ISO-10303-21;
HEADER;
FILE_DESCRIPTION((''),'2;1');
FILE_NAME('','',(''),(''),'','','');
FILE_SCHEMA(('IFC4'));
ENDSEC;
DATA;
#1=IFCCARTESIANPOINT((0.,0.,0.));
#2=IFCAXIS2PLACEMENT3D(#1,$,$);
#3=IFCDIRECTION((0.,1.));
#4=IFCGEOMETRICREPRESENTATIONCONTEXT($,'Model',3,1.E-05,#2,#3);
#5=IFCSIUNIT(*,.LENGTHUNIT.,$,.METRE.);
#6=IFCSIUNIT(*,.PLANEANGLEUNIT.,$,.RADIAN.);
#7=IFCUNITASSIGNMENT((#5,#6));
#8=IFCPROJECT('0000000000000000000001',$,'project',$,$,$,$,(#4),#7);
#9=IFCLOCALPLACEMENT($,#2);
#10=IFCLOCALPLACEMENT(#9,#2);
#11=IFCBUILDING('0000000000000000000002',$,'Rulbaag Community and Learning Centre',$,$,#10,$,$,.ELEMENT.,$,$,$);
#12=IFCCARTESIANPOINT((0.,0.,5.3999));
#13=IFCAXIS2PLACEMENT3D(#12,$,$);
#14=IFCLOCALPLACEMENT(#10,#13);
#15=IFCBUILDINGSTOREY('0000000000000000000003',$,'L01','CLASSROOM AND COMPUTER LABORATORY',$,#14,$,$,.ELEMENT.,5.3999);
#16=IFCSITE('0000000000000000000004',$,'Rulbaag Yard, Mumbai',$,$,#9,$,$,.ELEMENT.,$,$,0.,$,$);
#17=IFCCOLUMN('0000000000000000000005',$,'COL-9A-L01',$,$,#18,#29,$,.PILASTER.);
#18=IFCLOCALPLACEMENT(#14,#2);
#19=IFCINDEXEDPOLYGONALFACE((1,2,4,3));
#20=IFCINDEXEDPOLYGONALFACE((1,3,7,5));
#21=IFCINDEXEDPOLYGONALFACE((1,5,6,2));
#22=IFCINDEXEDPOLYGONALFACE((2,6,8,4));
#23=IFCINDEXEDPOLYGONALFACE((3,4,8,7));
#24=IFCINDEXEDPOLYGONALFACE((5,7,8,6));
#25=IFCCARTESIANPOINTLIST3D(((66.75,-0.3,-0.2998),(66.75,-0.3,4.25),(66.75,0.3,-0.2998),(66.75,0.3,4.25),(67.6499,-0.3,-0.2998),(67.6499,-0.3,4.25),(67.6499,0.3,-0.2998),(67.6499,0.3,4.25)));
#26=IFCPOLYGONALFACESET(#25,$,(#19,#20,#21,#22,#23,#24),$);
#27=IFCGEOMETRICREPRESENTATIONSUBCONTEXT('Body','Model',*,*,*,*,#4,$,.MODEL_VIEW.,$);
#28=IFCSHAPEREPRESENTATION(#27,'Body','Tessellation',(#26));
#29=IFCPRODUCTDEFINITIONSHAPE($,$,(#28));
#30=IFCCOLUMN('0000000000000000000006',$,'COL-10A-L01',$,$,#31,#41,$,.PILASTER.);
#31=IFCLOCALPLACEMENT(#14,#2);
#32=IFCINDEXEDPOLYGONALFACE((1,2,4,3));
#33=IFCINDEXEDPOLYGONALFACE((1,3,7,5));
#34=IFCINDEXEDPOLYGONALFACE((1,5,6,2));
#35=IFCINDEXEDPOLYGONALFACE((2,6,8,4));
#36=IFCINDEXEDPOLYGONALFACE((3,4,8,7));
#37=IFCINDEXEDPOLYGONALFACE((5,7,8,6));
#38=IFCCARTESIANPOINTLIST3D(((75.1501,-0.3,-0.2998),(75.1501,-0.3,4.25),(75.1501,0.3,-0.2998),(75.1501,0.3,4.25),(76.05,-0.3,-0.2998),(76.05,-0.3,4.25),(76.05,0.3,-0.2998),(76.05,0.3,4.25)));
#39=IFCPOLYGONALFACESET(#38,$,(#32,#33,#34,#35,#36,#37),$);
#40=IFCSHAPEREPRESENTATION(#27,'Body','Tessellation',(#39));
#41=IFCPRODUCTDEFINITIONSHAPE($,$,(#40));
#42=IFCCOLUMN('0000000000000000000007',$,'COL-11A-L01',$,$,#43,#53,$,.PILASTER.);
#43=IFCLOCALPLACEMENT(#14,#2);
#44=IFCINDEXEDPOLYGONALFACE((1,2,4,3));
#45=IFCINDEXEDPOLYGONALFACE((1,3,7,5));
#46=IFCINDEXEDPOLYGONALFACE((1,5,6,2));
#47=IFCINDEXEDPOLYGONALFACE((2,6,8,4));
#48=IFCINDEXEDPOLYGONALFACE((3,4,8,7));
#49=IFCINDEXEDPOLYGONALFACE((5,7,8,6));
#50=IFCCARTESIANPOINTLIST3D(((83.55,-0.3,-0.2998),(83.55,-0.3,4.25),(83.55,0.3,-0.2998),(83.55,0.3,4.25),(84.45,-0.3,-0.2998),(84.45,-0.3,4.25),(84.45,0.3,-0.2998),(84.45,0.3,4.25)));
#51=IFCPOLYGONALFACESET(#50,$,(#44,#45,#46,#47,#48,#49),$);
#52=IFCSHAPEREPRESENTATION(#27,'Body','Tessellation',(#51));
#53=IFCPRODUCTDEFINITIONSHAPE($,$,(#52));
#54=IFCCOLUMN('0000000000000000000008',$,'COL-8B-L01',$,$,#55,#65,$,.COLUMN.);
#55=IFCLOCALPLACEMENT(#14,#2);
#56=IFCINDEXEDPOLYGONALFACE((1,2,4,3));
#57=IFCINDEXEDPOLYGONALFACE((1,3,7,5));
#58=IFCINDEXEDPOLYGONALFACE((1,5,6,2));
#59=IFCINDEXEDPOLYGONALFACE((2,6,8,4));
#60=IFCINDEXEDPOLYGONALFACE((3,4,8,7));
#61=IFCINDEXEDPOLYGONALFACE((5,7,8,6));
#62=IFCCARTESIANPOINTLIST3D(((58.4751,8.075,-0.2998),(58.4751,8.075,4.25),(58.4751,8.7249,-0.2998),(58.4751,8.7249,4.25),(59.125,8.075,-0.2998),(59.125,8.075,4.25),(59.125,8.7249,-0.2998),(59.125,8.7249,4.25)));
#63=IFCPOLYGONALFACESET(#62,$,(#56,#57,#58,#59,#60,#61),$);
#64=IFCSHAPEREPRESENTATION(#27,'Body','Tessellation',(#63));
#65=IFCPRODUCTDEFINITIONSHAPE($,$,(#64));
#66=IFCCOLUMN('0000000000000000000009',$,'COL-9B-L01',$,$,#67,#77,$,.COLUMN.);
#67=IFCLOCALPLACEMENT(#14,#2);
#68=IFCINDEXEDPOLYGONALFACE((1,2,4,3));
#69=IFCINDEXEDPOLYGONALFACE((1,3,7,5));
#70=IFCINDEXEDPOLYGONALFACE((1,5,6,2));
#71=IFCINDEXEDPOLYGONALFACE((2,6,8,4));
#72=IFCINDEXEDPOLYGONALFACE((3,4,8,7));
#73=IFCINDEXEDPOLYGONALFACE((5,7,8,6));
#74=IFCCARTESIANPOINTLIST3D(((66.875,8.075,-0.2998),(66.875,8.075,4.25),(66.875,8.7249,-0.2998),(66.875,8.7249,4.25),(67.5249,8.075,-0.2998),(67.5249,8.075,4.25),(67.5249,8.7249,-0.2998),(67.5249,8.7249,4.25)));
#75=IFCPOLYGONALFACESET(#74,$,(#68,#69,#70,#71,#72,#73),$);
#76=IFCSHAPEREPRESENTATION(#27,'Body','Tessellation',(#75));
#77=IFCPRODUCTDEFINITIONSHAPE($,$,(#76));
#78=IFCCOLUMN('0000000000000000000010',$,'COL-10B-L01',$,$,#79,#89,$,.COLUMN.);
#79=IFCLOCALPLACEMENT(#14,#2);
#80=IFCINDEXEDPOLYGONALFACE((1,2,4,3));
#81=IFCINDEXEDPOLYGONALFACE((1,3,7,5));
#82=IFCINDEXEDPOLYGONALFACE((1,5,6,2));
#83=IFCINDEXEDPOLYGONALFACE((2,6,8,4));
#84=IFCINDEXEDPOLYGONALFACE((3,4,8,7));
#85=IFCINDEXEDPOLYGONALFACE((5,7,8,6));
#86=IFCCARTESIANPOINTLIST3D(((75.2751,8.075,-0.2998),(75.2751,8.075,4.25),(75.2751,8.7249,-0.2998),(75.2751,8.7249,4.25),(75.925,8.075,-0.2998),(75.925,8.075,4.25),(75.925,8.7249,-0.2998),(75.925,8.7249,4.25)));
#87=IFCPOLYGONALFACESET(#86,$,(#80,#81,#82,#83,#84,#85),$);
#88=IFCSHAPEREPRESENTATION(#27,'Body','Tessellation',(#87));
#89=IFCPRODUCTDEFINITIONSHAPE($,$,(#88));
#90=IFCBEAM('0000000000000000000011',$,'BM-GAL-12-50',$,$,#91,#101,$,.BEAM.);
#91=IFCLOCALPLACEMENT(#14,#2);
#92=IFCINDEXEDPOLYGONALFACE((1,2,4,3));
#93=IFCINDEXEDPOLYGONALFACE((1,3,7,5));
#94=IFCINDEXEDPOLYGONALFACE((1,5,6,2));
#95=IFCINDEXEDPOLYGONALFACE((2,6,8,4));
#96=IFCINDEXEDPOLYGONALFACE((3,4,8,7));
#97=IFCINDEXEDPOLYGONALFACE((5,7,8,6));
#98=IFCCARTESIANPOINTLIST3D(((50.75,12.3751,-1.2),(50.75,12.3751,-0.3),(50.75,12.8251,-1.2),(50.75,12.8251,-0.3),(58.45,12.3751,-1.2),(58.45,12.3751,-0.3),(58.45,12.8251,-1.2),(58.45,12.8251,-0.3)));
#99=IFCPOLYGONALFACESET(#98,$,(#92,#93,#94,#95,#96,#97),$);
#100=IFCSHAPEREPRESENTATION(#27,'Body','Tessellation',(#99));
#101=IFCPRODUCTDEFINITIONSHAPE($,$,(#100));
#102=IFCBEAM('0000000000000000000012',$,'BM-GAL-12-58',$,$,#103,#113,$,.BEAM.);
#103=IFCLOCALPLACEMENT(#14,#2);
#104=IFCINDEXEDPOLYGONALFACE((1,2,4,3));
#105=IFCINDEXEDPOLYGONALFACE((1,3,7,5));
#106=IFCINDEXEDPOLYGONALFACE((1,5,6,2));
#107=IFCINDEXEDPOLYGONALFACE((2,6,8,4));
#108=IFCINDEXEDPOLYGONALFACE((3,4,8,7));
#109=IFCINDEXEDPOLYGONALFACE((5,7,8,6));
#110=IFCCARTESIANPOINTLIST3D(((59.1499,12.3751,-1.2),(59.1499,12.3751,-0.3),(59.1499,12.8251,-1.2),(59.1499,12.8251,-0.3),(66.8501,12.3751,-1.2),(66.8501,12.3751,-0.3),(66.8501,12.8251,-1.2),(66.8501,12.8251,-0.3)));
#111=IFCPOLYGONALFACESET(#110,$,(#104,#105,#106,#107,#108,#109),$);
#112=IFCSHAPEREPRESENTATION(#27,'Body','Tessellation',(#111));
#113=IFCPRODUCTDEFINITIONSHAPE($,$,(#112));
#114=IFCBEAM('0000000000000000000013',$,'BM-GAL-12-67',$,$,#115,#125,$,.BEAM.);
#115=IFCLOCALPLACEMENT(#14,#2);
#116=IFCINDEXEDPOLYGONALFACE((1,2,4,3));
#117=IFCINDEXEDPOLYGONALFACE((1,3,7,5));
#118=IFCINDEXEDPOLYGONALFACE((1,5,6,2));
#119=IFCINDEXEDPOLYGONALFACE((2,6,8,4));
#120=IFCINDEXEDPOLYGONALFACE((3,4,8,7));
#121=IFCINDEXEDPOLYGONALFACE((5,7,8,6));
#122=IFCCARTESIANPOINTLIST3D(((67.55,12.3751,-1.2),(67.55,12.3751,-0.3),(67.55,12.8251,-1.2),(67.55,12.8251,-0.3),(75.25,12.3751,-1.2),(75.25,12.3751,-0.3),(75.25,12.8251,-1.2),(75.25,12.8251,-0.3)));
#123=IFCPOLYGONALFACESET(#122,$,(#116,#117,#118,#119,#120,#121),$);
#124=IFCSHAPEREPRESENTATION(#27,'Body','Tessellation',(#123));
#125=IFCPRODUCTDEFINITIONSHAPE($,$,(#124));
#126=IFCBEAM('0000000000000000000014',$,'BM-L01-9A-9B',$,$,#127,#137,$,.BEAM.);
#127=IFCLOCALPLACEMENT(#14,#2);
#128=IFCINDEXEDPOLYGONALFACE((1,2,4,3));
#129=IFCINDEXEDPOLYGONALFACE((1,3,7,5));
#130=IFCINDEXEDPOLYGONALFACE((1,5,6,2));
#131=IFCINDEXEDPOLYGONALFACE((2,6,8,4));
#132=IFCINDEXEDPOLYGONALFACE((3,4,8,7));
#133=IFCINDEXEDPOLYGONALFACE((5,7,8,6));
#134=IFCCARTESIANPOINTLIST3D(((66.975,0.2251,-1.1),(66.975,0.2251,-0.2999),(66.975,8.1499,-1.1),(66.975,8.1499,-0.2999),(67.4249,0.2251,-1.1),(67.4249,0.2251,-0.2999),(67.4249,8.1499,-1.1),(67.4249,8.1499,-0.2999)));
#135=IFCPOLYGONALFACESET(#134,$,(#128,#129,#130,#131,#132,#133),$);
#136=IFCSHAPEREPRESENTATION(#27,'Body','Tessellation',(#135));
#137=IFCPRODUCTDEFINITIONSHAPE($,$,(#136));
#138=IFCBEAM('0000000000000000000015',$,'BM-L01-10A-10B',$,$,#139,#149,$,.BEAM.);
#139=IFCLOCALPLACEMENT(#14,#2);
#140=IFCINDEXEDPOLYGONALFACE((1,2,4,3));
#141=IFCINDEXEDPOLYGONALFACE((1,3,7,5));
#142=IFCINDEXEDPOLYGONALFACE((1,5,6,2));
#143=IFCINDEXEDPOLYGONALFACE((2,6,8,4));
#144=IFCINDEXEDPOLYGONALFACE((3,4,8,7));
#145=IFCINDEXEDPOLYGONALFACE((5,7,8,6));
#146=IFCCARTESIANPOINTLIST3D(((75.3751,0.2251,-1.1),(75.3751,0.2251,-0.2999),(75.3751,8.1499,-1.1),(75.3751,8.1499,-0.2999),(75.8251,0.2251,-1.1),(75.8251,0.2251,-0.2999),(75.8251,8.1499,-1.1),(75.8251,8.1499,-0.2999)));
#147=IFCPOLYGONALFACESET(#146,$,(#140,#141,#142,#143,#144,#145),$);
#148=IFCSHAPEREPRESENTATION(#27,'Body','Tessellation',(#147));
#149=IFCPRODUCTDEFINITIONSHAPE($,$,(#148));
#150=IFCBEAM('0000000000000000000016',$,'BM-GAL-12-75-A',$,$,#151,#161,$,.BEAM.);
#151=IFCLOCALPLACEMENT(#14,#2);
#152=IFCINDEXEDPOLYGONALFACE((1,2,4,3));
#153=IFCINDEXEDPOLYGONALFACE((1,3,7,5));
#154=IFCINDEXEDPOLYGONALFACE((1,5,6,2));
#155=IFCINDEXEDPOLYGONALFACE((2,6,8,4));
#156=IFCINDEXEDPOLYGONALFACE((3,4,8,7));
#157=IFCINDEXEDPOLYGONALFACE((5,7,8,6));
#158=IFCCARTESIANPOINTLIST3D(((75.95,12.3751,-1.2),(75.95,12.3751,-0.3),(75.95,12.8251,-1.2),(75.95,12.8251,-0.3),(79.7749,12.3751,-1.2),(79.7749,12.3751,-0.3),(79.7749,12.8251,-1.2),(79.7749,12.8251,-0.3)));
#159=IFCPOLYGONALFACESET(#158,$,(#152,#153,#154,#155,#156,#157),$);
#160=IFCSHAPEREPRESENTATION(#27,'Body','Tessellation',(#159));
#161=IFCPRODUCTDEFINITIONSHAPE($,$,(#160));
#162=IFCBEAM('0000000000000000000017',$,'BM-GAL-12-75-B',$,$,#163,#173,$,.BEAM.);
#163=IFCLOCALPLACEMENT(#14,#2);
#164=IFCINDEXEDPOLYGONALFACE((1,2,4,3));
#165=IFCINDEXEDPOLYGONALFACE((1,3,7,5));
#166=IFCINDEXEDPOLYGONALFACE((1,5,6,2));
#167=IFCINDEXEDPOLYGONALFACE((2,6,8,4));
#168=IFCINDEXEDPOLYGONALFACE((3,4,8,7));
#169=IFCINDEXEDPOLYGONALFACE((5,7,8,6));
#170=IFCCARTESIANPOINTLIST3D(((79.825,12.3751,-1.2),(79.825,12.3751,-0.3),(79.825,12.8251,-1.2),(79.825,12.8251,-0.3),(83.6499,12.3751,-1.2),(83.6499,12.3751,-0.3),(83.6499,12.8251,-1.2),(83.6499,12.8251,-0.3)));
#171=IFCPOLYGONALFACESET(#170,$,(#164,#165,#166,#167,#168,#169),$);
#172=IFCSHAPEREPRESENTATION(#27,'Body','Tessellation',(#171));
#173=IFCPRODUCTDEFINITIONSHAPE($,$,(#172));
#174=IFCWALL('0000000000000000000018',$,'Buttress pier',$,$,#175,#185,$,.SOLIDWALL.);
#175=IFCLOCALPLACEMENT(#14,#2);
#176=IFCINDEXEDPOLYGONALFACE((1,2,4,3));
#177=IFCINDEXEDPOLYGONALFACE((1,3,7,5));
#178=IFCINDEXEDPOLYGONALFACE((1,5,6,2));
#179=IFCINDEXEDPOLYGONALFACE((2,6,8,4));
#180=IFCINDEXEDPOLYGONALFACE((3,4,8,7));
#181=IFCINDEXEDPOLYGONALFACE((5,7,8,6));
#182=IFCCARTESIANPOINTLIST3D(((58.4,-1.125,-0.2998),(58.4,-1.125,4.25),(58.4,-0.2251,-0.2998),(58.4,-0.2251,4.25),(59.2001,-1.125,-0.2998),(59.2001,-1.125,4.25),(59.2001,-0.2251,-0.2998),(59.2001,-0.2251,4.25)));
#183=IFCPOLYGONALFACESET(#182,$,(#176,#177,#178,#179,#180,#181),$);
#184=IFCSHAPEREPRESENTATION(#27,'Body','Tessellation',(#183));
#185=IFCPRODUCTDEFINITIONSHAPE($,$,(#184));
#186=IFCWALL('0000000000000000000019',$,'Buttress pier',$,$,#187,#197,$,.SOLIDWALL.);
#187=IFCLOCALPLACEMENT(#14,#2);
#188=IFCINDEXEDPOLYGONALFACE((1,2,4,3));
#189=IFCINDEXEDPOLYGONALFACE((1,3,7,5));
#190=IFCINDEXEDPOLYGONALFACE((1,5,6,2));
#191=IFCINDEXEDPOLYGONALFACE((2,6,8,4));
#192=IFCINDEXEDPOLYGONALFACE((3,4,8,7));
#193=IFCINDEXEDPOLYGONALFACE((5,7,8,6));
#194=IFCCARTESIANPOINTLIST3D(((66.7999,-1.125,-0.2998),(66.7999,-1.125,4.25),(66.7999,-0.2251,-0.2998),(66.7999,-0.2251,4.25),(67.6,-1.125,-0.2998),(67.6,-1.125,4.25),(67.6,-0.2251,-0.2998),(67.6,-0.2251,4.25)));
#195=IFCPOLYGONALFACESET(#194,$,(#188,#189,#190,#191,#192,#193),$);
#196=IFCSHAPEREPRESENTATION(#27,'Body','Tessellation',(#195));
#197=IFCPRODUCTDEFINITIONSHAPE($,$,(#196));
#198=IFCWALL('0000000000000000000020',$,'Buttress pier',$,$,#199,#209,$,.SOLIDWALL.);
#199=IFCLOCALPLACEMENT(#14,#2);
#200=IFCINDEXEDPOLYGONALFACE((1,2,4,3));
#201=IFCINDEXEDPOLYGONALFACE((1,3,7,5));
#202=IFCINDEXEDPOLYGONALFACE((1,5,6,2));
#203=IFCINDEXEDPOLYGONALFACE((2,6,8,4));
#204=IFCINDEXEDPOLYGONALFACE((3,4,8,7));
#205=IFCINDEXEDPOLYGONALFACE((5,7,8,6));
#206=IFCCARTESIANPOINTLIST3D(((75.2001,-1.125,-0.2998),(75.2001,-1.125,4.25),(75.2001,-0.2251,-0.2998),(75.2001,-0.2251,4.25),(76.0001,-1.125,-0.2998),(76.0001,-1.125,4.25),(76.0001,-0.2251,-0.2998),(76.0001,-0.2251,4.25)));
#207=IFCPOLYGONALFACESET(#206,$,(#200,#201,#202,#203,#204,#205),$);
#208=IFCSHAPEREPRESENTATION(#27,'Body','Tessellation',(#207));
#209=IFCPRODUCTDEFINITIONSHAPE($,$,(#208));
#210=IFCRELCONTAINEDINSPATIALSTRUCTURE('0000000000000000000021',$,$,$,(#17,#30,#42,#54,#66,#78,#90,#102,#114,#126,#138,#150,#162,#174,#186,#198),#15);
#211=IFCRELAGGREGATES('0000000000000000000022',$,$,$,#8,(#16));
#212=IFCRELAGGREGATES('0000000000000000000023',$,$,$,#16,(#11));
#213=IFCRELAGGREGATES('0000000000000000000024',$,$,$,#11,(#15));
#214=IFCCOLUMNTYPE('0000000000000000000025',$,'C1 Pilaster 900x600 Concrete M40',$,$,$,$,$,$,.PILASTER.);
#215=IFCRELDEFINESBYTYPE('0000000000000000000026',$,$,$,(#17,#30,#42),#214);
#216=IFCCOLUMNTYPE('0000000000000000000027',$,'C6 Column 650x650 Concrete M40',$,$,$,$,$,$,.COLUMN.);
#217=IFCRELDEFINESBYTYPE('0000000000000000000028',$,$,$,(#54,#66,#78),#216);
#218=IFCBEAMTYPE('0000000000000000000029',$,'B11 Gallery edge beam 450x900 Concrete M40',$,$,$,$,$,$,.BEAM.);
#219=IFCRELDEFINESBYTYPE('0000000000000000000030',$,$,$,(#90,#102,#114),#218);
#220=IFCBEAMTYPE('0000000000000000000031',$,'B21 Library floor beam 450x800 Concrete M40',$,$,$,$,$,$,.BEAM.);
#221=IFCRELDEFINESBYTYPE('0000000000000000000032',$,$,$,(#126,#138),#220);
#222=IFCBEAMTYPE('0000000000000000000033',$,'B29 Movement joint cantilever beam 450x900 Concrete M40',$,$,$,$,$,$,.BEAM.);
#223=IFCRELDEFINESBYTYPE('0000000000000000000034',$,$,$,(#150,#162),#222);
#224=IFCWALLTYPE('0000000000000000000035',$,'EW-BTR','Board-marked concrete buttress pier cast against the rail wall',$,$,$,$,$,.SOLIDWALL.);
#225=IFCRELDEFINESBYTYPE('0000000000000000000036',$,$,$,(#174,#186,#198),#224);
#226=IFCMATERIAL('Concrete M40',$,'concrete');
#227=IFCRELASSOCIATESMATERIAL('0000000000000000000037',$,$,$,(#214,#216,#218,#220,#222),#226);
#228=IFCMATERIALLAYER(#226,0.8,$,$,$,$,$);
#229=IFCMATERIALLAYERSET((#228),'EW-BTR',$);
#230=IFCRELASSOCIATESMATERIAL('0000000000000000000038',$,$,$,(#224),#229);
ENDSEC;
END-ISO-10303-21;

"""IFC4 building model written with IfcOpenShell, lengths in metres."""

from ifc_helpers import new_model, si_unit, direction, frame, frame_2d, origin, origin_2d, place, context, subcontext, project, spatial, rectangle, extrude, material, layer, layer_set, material_profile, profile_set, type_object, element, save


model = new_model("IFC4")

# Units and contexts
model_context = context("Model", 3, precision=1e-05, world=origin(), true_north=direction((0.0, 1.0)))
body_context = subcontext(model_context, "Body", "Model", "MODEL_VIEW")
ifc_project = project(units=[si_unit("LENGTHUNIT", "METRE"), si_unit("PLANEANGLEUNIT", "RADIAN")], contexts=[model_context])

# Site, building, storey
site_placement = place(None, origin())
site = spatial("IfcSite", under=ifc_project, at=site_placement, Name="Rulbaag Yard, Mumbai", CompositionType="ELEMENT", RefElevation=0.0)
building_placement = place(site_placement, origin())
building = spatial("IfcBuilding", under=site, at=building_placement, Name="Rulbaag Community and Learning Centre", CompositionType="ELEMENT")
storey_placement = place(building_placement, frame((0.0, 0.0, 5.3999)))
storey = spatial("IfcBuildingStorey", under=building, at=storey_placement, Name="L01", Description="CLASSROOM AND COMPUTER LABORATORY", CompositionType="ELEMENT", Elevation=5.3999)

# Columns
ifc_material_1 = material(Name="Concrete M40", Category="concrete")
ifc_material_profile_1 = material_profile(ifc_material_1, rectangle(XDim=0.8999, YDim=0.6001, at=origin_2d()), Name="RC900x600")
ifc_profile_set_1 = profile_set([ifc_material_profile_1], Name="Concrete M40")
column_type_1 = type_object("IfcColumnType", Name="C1 Pilaster 900x600 Concrete M40", PredefinedType="PILASTER", material=ifc_profile_set_1)
for number, where, z_axis, x_axis, name in (
    (1, (67.2, 0.0, -0.2998), (0.0, 0.0, 1.0), (1.0, 0.0, 0.0), "COL-9A-L01"),
    (2, (75.6001, 0.0, -0.2998), (0.0, 0.0, 1.0), (1.0, 0.0, 0.0), "COL-10A-L01"),
    (3, (84.0, 0.0, -0.2998), (0.0, 0.0, 1.0), (1.0, 0.0, 0.0), "COL-11A-L01"),
):
    element("IfcColumn", number, at=place(storey_placement, frame(where, z_axis=z_axis, x_axis=x_axis)), inside=storey, type_object=column_type_1, Name=name, PredefinedType="PILASTER", context=body_context, shape_type="SweptSolid", body=[
        extrude(rectangle(XDim=0.8999, YDim=0.6001, at=origin_2d()), origin(), (0.0, 0.0, 1.0), 4.5498),
    ])
ifc_material_profile_2 = material_profile(ifc_material_1, rectangle(XDim=0.6499, YDim=0.6499, at=origin_2d()), Name="RC650x650")
ifc_profile_set_2 = profile_set([ifc_material_profile_2], Name="Concrete M40")
column_type_2 = type_object("IfcColumnType", Name="C6 Column 650x650 Concrete M40", PredefinedType="COLUMN", material=ifc_profile_set_2)
for number, where, z_axis, x_axis, name in (
    (4, (58.8, 8.3999, -0.2998), (0.0, 0.0, 1.0), (1.0, 0.0, 0.0), "COL-8B-L01"),
    (5, (67.2, 8.3999, -0.2998), (0.0, 0.0, 1.0), (1.0, 0.0, 0.0), "COL-9B-L01"),
    (6, (75.6001, 8.3999, -0.2998), (0.0, 0.0, 1.0), (1.0, 0.0, 0.0), "COL-10B-L01"),
):
    element("IfcColumn", number, at=place(storey_placement, frame(where, z_axis=z_axis, x_axis=x_axis)), inside=storey, type_object=column_type_2, Name=name, PredefinedType="COLUMN", context=body_context, shape_type="SweptSolid", body=[
        extrude(rectangle(XDim=0.6499, YDim=0.6499, at=origin_2d()), origin(), (0.0, 0.0, 1.0), 4.5498),
    ])

# Beams
ifc_material_profile_3 = material_profile(ifc_material_1, rectangle(XDim=0.45, YDim=0.8999, at=origin_2d()), Name="RB450x900")
ifc_profile_set_3 = profile_set([ifc_material_profile_3], Name="Concrete M40")
beam_type_1 = type_object("IfcBeamType", Name="B11 Gallery edge beam 450x900 Concrete M40", PredefinedType="BEAM", material=ifc_profile_set_3)
beam_1_placement = place(storey_placement, frame((50.75, 12.6001, -0.75), z_axis=(1.0, 0.0, 0.0), x_axis=(0.0, 1.0, 0.0)))
element("IfcBeam", 7, at=beam_1_placement, inside=storey, type_object=beam_type_1, Name="BM-GAL-12-50", PredefinedType="BEAM", context=body_context, shape_type="SweptSolid", body=[
    extrude(rectangle(XDim=0.45, YDim=0.8999, at=origin_2d()), origin(), (0.0, 0.0, 1.0), 7.7),
])
beam_2_placement = place(storey_placement, frame((59.1499, 12.6001, -0.75), z_axis=(1.0, 0.0, 0.0), x_axis=(0.0, 1.0, 0.0)))
element("IfcBeam", 8, at=beam_2_placement, inside=storey, type_object=beam_type_1, Name="BM-GAL-12-58", PredefinedType="BEAM", context=body_context, shape_type="SweptSolid", body=[
    extrude(rectangle(XDim=0.45, YDim=0.8999, at=origin_2d()), origin(), (0.0, 0.0, 1.0), 7.7002),
])
beam_3_placement = place(storey_placement, frame((67.55, 12.6001, -0.75), z_axis=(1.0, 0.0, 0.0), x_axis=(0.0, 1.0, 0.0)))
element("IfcBeam", 9, at=beam_3_placement, inside=storey, type_object=beam_type_1, Name="BM-GAL-12-67", PredefinedType="BEAM", context=body_context, shape_type="SweptSolid", body=[
    extrude(rectangle(XDim=0.45, YDim=0.8999, at=origin_2d()), origin(), (0.0, 0.0, 1.0), 7.7),
])
ifc_material_profile_4 = material_profile(ifc_material_1, rectangle(XDim=0.45, YDim=0.8, at=origin_2d()), Name="RB450x800")
ifc_profile_set_4 = profile_set([ifc_material_profile_4], Name="Concrete M40")
beam_type_2 = type_object("IfcBeamType", Name="B21 Library floor beam 450x800 Concrete M40", PredefinedType="BEAM", material=ifc_profile_set_4)
for number, where, z_axis, x_axis, name in (
    (10, (67.2, 0.2251, -0.7), (0.0, 1.0, 0.0), (-1.0, 0.0, 0.0), "BM-L01-9A-9B"),
    (11, (75.6001, 0.2251, -0.7), (0.0, 1.0, 0.0), (-1.0, 0.0, 0.0), "BM-L01-10A-10B"),
):
    element("IfcBeam", number, at=place(storey_placement, frame(where, z_axis=z_axis, x_axis=x_axis)), inside=storey, type_object=beam_type_2, Name=name, PredefinedType="BEAM", context=body_context, shape_type="SweptSolid", body=[
        extrude(rectangle(XDim=0.45, YDim=0.8, at=origin_2d()), origin(), (0.0, 0.0, 1.0), 7.9248),
    ])
ifc_material_profile_5 = material_profile(ifc_material_1, rectangle(XDim=0.45, YDim=0.8999, at=origin_2d()), Name="RB450x900")
ifc_profile_set_5 = profile_set([ifc_material_profile_5], Name="Concrete M40")
beam_type_3 = type_object("IfcBeamType", Name="B29 Movement joint cantilever beam 450x900 Concrete M40", PredefinedType="BEAM", material=ifc_profile_set_5)
for number, where, z_axis, x_axis, name in (
    (12, (75.95, 12.6001, -0.75), (1.0, 0.0, 0.0), (0.0, 1.0, 0.0), "BM-GAL-12-75-A"),
    (13, (79.825, 12.6001, -0.75), (1.0, 0.0, 0.0), (0.0, 1.0, 0.0), "BM-GAL-12-75-B"),
):
    element("IfcBeam", number, at=place(storey_placement, frame(where, z_axis=z_axis, x_axis=x_axis)), inside=storey, type_object=beam_type_3, Name=name, PredefinedType="BEAM", context=body_context, shape_type="SweptSolid", body=[
        extrude(rectangle(XDim=0.45, YDim=0.8999, at=origin_2d()), origin(), (0.0, 0.0, 1.0), 3.825),
    ])

# Walls
ifc_layer_1 = layer(ifc_material_1, 0.8)
ifc_layer_set_1 = layer_set([ifc_layer_1], Name="EW-BTR")
wall_type_1 = type_object("IfcWallType", Name="EW-BTR", Description="Board-marked concrete buttress pier cast against the rail wall", PredefinedType="SOLIDWALL", material=ifc_layer_set_1)
for number, where, z_axis, x_axis, name in (
    (14, (58.8, -0.2251, -0.2998), (0.0, 0.0, 1.0), (0.0, -1.0, 0.0), "Buttress pier"),
    (15, (67.2, -0.2251, -0.2998), (0.0, 0.0, 1.0), (0.0, -1.0, 0.0), "Buttress pier"),
    (16, (75.6001, -0.2251, -0.2998), (0.0, 0.0, 1.0), (0.0, -1.0, 0.0), "Buttress pier"),
):
    element("IfcWall", number, at=place(storey_placement, frame(where, z_axis=z_axis, x_axis=x_axis)), inside=storey, type_object=wall_type_1, Name=name, PredefinedType="SOLIDWALL", context=body_context, shape_type="SweptSolid", body=[
        extrude(rectangle(XDim=0.8999, YDim=0.8, at=frame_2d((0.45, 0.0))), origin(), (0.0, 0.0, 1.0), 4.5498),
    ])

save(model, "model.ifc")
